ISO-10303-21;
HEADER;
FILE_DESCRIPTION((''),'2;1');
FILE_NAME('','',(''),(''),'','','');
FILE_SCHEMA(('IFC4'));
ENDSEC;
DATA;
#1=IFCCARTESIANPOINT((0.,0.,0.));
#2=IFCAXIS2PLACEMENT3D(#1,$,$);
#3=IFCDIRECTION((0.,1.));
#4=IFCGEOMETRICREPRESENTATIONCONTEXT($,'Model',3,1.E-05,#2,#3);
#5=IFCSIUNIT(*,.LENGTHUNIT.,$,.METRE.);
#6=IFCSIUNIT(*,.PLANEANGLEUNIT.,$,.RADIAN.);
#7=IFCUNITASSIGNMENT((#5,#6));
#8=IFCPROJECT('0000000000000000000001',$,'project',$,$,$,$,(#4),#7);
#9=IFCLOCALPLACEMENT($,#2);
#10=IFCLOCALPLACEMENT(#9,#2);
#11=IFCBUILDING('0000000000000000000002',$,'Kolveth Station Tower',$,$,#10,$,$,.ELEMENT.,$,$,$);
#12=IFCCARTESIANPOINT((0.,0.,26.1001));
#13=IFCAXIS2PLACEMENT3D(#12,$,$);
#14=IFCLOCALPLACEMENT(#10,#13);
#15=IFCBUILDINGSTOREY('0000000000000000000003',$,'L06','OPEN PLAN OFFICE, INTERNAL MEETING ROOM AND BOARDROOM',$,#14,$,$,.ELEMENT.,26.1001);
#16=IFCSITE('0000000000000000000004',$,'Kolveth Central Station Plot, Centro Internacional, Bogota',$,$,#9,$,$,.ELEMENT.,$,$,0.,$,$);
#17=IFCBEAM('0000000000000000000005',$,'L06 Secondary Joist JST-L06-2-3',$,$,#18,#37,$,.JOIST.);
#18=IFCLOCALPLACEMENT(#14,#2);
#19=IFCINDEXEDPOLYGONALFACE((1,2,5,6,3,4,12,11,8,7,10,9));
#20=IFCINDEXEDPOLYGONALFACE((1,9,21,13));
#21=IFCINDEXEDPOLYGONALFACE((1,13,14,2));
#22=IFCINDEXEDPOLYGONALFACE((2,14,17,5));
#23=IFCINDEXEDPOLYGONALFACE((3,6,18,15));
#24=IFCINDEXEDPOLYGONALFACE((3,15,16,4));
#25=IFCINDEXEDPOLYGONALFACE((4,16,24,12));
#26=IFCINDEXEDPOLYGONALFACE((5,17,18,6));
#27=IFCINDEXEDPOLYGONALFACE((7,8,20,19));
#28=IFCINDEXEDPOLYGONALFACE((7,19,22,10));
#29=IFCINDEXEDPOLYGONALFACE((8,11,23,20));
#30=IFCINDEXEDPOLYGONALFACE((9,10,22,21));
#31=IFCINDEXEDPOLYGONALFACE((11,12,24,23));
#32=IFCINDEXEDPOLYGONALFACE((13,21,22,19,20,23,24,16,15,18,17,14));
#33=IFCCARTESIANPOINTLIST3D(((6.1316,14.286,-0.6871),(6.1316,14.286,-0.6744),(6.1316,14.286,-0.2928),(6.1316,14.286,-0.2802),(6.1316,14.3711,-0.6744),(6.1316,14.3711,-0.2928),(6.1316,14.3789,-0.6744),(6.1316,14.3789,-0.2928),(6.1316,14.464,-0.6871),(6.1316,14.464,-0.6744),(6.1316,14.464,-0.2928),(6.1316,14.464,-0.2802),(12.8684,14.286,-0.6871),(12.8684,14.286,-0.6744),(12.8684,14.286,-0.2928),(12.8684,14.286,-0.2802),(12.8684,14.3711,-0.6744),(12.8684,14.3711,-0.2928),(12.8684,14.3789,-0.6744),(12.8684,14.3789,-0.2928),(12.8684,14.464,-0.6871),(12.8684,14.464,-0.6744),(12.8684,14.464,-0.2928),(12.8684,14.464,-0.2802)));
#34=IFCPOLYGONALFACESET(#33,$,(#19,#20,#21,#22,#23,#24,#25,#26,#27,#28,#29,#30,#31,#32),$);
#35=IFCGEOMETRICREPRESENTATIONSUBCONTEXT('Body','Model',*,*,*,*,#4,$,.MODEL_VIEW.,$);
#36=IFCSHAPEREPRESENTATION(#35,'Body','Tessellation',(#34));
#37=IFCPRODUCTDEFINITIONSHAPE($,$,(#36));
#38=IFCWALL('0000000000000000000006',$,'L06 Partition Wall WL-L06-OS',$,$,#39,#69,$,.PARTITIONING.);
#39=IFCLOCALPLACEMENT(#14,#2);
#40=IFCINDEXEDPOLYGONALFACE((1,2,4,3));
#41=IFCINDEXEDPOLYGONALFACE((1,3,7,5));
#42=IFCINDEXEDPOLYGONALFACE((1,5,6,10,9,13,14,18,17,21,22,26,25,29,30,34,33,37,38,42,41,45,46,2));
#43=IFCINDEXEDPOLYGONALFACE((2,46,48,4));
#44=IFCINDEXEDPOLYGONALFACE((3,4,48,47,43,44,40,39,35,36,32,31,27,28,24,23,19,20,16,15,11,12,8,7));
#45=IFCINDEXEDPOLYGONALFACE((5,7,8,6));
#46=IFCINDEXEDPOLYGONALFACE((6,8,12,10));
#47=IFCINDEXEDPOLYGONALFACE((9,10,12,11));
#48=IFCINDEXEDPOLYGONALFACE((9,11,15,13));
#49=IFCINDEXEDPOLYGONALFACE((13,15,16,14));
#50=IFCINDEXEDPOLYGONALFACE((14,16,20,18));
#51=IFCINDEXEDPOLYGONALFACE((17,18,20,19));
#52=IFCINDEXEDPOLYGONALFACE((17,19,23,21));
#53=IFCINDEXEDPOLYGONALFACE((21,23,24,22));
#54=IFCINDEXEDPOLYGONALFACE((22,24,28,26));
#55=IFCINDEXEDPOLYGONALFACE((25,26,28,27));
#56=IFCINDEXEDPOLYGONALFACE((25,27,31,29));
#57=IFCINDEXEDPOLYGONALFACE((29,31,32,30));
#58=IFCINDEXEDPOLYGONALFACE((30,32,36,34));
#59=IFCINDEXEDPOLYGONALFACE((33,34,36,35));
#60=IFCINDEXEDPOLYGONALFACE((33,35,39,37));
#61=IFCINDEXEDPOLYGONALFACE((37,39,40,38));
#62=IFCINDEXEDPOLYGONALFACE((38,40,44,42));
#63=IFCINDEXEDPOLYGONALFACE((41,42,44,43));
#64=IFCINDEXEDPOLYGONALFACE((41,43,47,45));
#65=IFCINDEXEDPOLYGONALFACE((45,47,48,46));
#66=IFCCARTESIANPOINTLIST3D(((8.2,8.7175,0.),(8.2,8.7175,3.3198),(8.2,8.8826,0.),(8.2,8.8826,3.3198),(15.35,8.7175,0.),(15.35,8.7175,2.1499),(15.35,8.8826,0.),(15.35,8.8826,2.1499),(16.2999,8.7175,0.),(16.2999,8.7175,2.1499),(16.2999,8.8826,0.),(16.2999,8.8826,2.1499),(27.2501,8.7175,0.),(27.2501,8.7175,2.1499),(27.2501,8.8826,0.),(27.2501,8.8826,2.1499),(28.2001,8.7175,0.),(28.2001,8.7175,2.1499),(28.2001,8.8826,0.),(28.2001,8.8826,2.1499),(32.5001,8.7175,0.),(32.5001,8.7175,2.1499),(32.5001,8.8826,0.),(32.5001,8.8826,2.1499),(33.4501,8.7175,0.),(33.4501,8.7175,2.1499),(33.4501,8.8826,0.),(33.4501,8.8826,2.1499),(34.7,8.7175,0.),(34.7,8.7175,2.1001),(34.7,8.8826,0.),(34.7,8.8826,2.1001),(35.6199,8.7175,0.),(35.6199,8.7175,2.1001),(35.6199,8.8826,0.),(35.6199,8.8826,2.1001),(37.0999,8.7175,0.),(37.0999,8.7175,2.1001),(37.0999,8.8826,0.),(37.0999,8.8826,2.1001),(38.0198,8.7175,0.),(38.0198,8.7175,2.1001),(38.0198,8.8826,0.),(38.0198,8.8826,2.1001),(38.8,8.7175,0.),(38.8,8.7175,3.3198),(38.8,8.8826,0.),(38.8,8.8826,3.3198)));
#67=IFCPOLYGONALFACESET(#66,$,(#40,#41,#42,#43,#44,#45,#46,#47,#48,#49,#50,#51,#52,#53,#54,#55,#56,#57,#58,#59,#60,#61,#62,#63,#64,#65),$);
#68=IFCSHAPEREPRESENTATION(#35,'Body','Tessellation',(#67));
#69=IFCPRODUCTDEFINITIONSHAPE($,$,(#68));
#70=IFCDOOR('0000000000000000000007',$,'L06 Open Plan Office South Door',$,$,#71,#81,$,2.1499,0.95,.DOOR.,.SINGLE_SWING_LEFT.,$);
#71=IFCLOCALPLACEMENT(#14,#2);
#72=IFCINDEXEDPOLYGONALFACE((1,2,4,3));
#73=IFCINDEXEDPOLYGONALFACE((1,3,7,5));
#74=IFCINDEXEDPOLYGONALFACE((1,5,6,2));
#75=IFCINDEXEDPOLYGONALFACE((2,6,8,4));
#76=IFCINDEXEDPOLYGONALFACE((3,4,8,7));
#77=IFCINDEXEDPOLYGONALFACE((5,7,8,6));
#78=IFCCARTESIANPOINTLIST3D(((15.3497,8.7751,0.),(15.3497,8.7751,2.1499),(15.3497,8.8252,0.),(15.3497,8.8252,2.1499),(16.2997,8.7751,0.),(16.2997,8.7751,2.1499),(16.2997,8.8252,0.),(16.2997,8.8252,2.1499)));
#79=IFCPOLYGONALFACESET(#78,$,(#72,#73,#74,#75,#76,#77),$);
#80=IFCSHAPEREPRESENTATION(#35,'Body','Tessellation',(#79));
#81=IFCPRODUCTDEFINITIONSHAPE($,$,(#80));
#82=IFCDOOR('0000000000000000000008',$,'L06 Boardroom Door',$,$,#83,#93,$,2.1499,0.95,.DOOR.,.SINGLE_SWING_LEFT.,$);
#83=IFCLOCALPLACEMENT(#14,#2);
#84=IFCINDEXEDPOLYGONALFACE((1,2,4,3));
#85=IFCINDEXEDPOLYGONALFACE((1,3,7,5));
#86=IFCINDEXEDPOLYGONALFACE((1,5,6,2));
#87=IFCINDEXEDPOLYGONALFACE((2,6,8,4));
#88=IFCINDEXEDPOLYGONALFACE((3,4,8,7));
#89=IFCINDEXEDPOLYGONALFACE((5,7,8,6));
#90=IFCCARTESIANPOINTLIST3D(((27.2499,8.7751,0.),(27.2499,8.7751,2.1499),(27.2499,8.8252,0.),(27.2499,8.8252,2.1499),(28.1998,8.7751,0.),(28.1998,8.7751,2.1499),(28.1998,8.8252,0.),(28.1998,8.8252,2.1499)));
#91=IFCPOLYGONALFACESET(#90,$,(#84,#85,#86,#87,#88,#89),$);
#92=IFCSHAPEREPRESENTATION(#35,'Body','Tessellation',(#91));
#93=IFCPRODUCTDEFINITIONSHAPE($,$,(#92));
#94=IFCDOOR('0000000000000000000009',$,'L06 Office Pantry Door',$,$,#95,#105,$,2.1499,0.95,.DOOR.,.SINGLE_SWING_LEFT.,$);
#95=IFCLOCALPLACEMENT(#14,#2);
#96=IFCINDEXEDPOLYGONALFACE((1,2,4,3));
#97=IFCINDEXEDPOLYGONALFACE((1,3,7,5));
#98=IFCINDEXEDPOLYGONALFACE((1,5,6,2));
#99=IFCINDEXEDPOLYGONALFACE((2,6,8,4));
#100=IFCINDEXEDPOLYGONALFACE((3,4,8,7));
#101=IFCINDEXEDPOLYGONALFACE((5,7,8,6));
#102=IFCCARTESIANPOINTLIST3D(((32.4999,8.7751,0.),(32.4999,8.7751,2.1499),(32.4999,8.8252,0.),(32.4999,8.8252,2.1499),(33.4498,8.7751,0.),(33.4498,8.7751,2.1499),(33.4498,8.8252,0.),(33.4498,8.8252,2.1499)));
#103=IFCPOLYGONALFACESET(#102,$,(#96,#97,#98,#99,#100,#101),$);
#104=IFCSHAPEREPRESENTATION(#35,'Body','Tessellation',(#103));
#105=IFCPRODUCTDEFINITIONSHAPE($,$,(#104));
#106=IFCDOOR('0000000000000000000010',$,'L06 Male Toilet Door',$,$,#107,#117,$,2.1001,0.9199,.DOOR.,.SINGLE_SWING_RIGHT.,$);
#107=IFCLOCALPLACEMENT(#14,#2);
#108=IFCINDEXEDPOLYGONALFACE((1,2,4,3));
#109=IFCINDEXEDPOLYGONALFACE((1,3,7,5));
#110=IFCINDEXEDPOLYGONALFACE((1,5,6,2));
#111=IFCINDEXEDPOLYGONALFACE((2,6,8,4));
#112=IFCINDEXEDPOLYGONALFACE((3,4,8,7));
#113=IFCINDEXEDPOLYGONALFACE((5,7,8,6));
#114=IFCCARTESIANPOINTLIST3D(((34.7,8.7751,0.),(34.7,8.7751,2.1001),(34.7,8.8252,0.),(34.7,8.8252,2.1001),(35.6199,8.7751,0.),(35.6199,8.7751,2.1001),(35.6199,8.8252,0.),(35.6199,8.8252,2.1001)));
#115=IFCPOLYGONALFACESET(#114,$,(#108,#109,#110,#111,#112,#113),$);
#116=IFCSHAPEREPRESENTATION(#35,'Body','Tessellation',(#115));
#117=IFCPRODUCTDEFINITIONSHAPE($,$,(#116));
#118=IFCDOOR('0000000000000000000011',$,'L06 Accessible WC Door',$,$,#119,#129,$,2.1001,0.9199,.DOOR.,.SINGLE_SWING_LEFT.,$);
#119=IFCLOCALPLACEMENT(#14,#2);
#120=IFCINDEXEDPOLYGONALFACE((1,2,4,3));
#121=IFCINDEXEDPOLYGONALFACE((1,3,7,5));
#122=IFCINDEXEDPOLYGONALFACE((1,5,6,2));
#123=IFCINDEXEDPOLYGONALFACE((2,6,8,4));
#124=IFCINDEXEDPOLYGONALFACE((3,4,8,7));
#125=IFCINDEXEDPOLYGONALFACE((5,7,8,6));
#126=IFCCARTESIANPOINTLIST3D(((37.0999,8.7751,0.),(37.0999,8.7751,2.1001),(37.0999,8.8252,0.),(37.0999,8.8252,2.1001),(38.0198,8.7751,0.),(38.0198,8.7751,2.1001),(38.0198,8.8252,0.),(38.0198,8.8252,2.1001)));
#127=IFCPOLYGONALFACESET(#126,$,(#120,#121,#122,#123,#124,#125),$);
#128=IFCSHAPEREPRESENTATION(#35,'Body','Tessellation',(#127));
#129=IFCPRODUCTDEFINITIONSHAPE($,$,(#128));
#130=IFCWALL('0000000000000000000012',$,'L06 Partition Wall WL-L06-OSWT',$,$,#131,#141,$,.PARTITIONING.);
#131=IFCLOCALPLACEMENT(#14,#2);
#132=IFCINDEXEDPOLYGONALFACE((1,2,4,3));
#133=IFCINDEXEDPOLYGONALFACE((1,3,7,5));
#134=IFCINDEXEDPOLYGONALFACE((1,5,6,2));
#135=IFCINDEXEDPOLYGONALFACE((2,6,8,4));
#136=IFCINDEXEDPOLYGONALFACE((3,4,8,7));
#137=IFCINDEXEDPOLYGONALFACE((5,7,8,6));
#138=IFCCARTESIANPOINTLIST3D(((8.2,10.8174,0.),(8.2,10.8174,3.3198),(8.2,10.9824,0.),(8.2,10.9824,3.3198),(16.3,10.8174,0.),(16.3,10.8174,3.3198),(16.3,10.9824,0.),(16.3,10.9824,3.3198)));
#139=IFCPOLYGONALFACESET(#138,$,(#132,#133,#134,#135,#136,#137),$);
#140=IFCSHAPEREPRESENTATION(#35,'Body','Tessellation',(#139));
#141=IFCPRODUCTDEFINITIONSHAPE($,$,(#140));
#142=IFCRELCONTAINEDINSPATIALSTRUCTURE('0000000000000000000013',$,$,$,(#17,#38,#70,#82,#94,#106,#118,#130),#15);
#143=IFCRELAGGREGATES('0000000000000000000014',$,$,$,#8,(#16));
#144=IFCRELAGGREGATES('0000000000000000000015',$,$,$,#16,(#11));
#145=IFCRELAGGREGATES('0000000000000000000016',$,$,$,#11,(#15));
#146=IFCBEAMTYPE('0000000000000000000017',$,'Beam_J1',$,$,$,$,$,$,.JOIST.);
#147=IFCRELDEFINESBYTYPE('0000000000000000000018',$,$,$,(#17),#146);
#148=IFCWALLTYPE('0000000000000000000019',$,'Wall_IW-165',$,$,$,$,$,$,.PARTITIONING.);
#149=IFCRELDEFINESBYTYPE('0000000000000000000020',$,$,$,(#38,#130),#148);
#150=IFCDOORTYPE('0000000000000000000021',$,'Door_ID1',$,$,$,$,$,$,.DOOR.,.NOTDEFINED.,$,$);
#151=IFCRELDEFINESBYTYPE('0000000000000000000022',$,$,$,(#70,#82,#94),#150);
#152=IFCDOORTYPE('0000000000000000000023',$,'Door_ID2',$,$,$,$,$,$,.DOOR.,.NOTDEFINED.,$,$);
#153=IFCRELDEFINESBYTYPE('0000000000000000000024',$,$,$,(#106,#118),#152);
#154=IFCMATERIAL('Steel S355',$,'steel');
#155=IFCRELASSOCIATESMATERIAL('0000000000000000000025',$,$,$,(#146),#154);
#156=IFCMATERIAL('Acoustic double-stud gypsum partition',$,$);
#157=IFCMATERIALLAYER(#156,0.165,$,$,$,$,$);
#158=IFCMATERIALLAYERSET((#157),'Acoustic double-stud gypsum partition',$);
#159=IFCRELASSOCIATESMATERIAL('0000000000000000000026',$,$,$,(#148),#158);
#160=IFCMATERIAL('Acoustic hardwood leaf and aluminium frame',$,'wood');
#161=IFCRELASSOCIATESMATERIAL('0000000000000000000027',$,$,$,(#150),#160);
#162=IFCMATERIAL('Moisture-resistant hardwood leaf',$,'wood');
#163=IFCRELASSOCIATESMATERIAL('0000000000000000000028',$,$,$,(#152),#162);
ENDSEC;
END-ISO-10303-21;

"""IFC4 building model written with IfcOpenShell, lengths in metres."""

from ifc_helpers import new_model, si_unit, direction, frame, frame_2d, origin, origin_2d, place, context, subcontext, project, spatial, rectangle, i_section, extrude, source, transform, mapped, material, layer, layer_set, material_profile, profile_set, type_object, element, fill, save


model = new_model("IFC4")

# Units and contexts
model_context = context("Model", 3, precision=1e-05, world=origin(), true_north=direction((0.0, 1.0)))
body_context = subcontext(model_context, "Body", "Model", "MODEL_VIEW")
ifc_project = project(units=[si_unit("LENGTHUNIT", "METRE"), si_unit("PLANEANGLEUNIT", "RADIAN")], contexts=[model_context])

# Site, building, storey
site_placement = place(None, origin())
site = spatial("IfcSite", under=ifc_project, at=site_placement, Name="Kolveth Central Station Plot, Centro Internacional, Bogota", CompositionType="ELEMENT", RefElevation=0.0)
building_placement = place(site_placement, origin())
building = spatial("IfcBuilding", under=site, at=building_placement, Name="Kolveth Station Tower", CompositionType="ELEMENT")
storey_placement = place(building_placement, frame((0.0, 0.0, 26.1001)))
storey = spatial("IfcBuildingStorey", under=building, at=storey_placement, Name="L06", Description="OPEN PLAN OFFICE, INTERNAL MEETING ROOM AND BOARDROOM", CompositionType="ELEMENT", Elevation=26.1001)

# Beam
ifc_material_1 = material(Name="Steel S355", Category="steel")
ifc_material_profile_1 = material_profile(ifc_material_1, i_section(OverallWidth=0.178, OverallDepth=0.407, WebThickness=0.0078, FlangeThickness=0.0127, at=origin_2d()), Name="W410x60")
ifc_profile_set_1 = profile_set([ifc_material_profile_1], Name="Steel S355")
beam_type_1 = type_object("IfcBeamType", Name="Beam_J1", PredefinedType="JOIST", material=ifc_profile_set_1)
shared_shape_1 = source(origin(), body_context, "Body", "SweptSolid", [
    extrude(i_section(OverallWidth=0.178, OverallDepth=0.407, WebThickness=0.0078, FlangeThickness=0.0127, at=origin_2d()), origin(), (0.0, 0.0, 1.0), 6.7368),
])
beam_placement = place(storey_placement, frame((6.1316, 14.375, -0.4836), z_axis=(1.0, 0.0, 0.0), x_axis=(0.0, 1.0, 0.0)))
element("IfcBeam", 1, at=beam_placement, inside=storey, type_object=beam_type_1, Name="L06 Secondary Joist JST-L06-2-3", PredefinedType="JOIST", context=body_context, shape_type="MappedRepresentation", body=[
    mapped(shared_shape_1, transform((0.0, 0.0, 0.0), x_axis=(1.0, 0.0, 0.0), y_axis=(0.0, 1.0, 0.0), z_axis=(0.0, 0.0, 1.0), scale=1.0)),
])

# Wall, openings, doors
ifc_material_2 = material(Name="Acoustic double-stud gypsum partition")
ifc_layer = layer(ifc_material_2, 0.165)
ifc_layer_set = layer_set([ifc_layer], Name="Acoustic double-stud gypsum partition")
wall_type = type_object("IfcWallType", Name="Wall_IW-165", PredefinedType="PARTITIONING", material=ifc_layer_set)
wall_1_placement = place(storey_placement, frame((8.2, 8.8, 0.0), z_axis=(0.0, 0.0, 1.0), x_axis=(1.0, 0.0, 0.0)))
wall_1 = element("IfcWall", 2, at=wall_1_placement, inside=storey, type_object=wall_type, Name="L06 Partition Wall WL-L06-OS", PredefinedType="PARTITIONING", context=body_context, shape_type="SweptSolid", body=[
    extrude(rectangle(XDim=30.6001, YDim=0.165, at=frame_2d((15.3, 0.0))), origin(), (0.0, 0.0, 1.0), 3.3198),
])
opening_1_placement = place(wall_1_placement, frame((7.1499, 0.0, 0.0)))
opening_1 = element("IfcOpeningElement", 3, at=opening_1_placement, cuts=wall_1, PredefinedType="OPENING", context=body_context, shape_type="SweptSolid", body=[
    extrude(rectangle(XDim=0.95, YDim=2.1499, at=frame_2d((0.4751, 1.075))), frame((0.0, 0.0925, 0.0), z_axis=(0.0, -1.0, 0.0), x_axis=(1.0, 0.0, 0.0)), (0.0, 0.0, 1.0), 0.1851),
])
opening_2_placement = place(wall_1_placement, frame((19.05, 0.0, 0.0)))
opening_2 = element("IfcOpeningElement", 4, at=opening_2_placement, cuts=wall_1, PredefinedType="OPENING", context=body_context, shape_type="SweptSolid", body=[
    extrude(rectangle(XDim=0.95, YDim=2.1499, at=frame_2d((0.4751, 1.075))), frame((0.0, 0.0925, 0.0), z_axis=(0.0, -1.0, 0.0), x_axis=(1.0, 0.0, 0.0)), (0.0, 0.0, 1.0), 0.1851),
])
opening_3_placement = place(wall_1_placement, frame((24.3, 0.0, 0.0)))
opening_3 = element("IfcOpeningElement", 5, at=opening_3_placement, cuts=wall_1, PredefinedType="OPENING", context=body_context, shape_type="SweptSolid", body=[
    extrude(rectangle(XDim=0.95, YDim=2.1499, at=frame_2d((0.4751, 1.075))), frame((0.0, 0.0925, 0.0), z_axis=(0.0, -1.0, 0.0), x_axis=(1.0, 0.0, 0.0)), (0.0, 0.0, 1.0), 0.1851),
])
opening_4_placement = place(wall_1_placement, frame((26.5, 0.0, 0.0)))
opening_4 = element("IfcOpeningElement", 6, at=opening_4_placement, cuts=wall_1, PredefinedType="OPENING", context=body_context, shape_type="SweptSolid", body=[
    extrude(rectangle(XDim=0.9199, YDim=2.1001, at=frame_2d((0.46, 1.05))), frame((0.0, 0.0925, 0.0), z_axis=(0.0, -1.0, 0.0), x_axis=(1.0, 0.0, 0.0)), (0.0, 0.0, 1.0), 0.1851),
])
opening_5_placement = place(wall_1_placement, frame((28.8999, 0.0, 0.0)))
opening_5 = element("IfcOpeningElement", 7, at=opening_5_placement, cuts=wall_1, PredefinedType="OPENING", context=body_context, shape_type="SweptSolid", body=[
    extrude(rectangle(XDim=0.9199, YDim=2.1001, at=frame_2d((0.46, 1.05))), frame((0.0, 0.0925, 0.0), z_axis=(0.0, -1.0, 0.0), x_axis=(1.0, 0.0, 0.0)), (0.0, 0.0, 1.0), 0.1851),
])
ifc_material_3 = material(Name="Acoustic hardwood leaf and aluminium frame", Category="wood")
door_type_1 = type_object("IfcDoorType", Name="Door_ID1", OperationType="NOTDEFINED", PredefinedType="DOOR", material=ifc_material_3)
door_1_placement = place(opening_1_placement, frame((0.95, 0.0, 0.0), z_axis=(0.0, 0.0, 1.0), x_axis=(-1.0, 0.0, 0.0)))
door_1 = element("IfcDoor", 8, at=door_1_placement, inside=storey, type_object=door_type_1, Name="L06 Open Plan Office South Door", OperationType="SINGLE_SWING_LEFT", OverallHeight=2.1499, OverallWidth=0.95, PredefinedType="DOOR", context=body_context, shape_type="SweptSolid", body=[
    extrude(rectangle(XDim=0.95, YDim=2.1499, at=frame_2d((0.4751, 1.075))), frame((0.0, 0.0249, 0.0), z_axis=(0.0, -1.0, 0.0), x_axis=(1.0, 0.0, 0.0)), (0.0, 0.0, 1.0), 0.05),
])
fill(opening_1, door_1)
door_2_placement = place(opening_2_placement, frame((0.95, 0.0, 0.0), z_axis=(0.0, 0.0, 1.0), x_axis=(-1.0, 0.0, 0.0)))
door_2 = element("IfcDoor", 9, at=door_2_placement, inside=storey, type_object=door_type_1, Name="L06 Boardroom Door", OperationType="SINGLE_SWING_LEFT", OverallHeight=2.1499, OverallWidth=0.95, PredefinedType="DOOR", context=body_context, shape_type="SweptSolid", body=[
    extrude(rectangle(XDim=0.95, YDim=2.1499, at=frame_2d((0.4751, 1.075))), frame((0.0, 0.0249, 0.0), z_axis=(0.0, -1.0, 0.0), x_axis=(1.0, 0.0, 0.0)), (0.0, 0.0, 1.0), 0.05),
])
fill(opening_2, door_2)
door_3_placement = place(opening_3_placement, frame((0.95, 0.0, 0.0), z_axis=(0.0, 0.0, 1.0), x_axis=(-1.0, 0.0, 0.0)))
door_3 = element("IfcDoor", 10, at=door_3_placement, inside=storey, type_object=door_type_1, Name="L06 Office Pantry Door", OperationType="SINGLE_SWING_LEFT", OverallHeight=2.1499, OverallWidth=0.95, PredefinedType="DOOR", context=body_context, shape_type="SweptSolid", body=[
    extrude(rectangle(XDim=0.95, YDim=2.1499, at=frame_2d((0.4751, 1.075))), frame((0.0, 0.0249, 0.0), z_axis=(0.0, -1.0, 0.0), x_axis=(1.0, 0.0, 0.0)), (0.0, 0.0, 1.0), 0.05),
])
fill(opening_3, door_3)
ifc_material_4 = material(Name="Moisture-resistant hardwood leaf", Category="wood")
door_type_2 = type_object("IfcDoorType", Name="Door_ID2", OperationType="NOTDEFINED", PredefinedType="DOOR", material=ifc_material_4)
door_4_placement = place(opening_4_placement, frame((0.9199, 0.0, 0.0), z_axis=(0.0, 0.0, 1.0), x_axis=(-1.0, 0.0, 0.0)))
door_4 = element("IfcDoor", 11, at=door_4_placement, inside=storey, type_object=door_type_2, Name="L06 Male Toilet Door", OperationType="SINGLE_SWING_RIGHT", OverallHeight=2.1001, OverallWidth=0.9199, PredefinedType="DOOR", context=body_context, shape_type="SweptSolid", body=[
    extrude(rectangle(XDim=0.9199, YDim=2.1001, at=frame_2d((0.46, 1.05))), frame((0.0, 0.0249, 0.0), z_axis=(0.0, -1.0, 0.0), x_axis=(1.0, 0.0, 0.0)), (0.0, 0.0, 1.0), 0.05),
])
fill(opening_4, door_4)
door_5_placement = place(opening_5_placement, frame((0.9199, 0.0, 0.0), z_axis=(0.0, 0.0, 1.0), x_axis=(-1.0, 0.0, 0.0)))
door_5 = element("IfcDoor", 12, at=door_5_placement, inside=storey, type_object=door_type_2, Name="L06 Accessible WC Door", OperationType="SINGLE_SWING_LEFT", OverallHeight=2.1001, OverallWidth=0.9199, PredefinedType="DOOR", context=body_context, shape_type="SweptSolid", body=[
    extrude(rectangle(XDim=0.9199, YDim=2.1001, at=frame_2d((0.46, 1.05))), frame((0.0, 0.0249, 0.0), z_axis=(0.0, -1.0, 0.0), x_axis=(1.0, 0.0, 0.0)), (0.0, 0.0, 1.0), 0.05),
])
fill(opening_5, door_5)

# Wall
wall_2_placement = place(storey_placement, frame((8.2, 10.8999, 0.0), z_axis=(0.0, 0.0, 1.0), x_axis=(1.0, 0.0, 0.0)))
element("IfcWall", 13, at=wall_2_placement, inside=storey, type_object=wall_type, Name="L06 Partition Wall WL-L06-OSWT", PredefinedType="PARTITIONING", context=body_context, shape_type="SweptSolid", body=[
    extrude(rectangle(XDim=8.1001, YDim=0.165, at=frame_2d((4.05, 0.0))), origin(), (0.0, 0.0, 1.0), 3.3198),
])

save(model, "model.ifc")
